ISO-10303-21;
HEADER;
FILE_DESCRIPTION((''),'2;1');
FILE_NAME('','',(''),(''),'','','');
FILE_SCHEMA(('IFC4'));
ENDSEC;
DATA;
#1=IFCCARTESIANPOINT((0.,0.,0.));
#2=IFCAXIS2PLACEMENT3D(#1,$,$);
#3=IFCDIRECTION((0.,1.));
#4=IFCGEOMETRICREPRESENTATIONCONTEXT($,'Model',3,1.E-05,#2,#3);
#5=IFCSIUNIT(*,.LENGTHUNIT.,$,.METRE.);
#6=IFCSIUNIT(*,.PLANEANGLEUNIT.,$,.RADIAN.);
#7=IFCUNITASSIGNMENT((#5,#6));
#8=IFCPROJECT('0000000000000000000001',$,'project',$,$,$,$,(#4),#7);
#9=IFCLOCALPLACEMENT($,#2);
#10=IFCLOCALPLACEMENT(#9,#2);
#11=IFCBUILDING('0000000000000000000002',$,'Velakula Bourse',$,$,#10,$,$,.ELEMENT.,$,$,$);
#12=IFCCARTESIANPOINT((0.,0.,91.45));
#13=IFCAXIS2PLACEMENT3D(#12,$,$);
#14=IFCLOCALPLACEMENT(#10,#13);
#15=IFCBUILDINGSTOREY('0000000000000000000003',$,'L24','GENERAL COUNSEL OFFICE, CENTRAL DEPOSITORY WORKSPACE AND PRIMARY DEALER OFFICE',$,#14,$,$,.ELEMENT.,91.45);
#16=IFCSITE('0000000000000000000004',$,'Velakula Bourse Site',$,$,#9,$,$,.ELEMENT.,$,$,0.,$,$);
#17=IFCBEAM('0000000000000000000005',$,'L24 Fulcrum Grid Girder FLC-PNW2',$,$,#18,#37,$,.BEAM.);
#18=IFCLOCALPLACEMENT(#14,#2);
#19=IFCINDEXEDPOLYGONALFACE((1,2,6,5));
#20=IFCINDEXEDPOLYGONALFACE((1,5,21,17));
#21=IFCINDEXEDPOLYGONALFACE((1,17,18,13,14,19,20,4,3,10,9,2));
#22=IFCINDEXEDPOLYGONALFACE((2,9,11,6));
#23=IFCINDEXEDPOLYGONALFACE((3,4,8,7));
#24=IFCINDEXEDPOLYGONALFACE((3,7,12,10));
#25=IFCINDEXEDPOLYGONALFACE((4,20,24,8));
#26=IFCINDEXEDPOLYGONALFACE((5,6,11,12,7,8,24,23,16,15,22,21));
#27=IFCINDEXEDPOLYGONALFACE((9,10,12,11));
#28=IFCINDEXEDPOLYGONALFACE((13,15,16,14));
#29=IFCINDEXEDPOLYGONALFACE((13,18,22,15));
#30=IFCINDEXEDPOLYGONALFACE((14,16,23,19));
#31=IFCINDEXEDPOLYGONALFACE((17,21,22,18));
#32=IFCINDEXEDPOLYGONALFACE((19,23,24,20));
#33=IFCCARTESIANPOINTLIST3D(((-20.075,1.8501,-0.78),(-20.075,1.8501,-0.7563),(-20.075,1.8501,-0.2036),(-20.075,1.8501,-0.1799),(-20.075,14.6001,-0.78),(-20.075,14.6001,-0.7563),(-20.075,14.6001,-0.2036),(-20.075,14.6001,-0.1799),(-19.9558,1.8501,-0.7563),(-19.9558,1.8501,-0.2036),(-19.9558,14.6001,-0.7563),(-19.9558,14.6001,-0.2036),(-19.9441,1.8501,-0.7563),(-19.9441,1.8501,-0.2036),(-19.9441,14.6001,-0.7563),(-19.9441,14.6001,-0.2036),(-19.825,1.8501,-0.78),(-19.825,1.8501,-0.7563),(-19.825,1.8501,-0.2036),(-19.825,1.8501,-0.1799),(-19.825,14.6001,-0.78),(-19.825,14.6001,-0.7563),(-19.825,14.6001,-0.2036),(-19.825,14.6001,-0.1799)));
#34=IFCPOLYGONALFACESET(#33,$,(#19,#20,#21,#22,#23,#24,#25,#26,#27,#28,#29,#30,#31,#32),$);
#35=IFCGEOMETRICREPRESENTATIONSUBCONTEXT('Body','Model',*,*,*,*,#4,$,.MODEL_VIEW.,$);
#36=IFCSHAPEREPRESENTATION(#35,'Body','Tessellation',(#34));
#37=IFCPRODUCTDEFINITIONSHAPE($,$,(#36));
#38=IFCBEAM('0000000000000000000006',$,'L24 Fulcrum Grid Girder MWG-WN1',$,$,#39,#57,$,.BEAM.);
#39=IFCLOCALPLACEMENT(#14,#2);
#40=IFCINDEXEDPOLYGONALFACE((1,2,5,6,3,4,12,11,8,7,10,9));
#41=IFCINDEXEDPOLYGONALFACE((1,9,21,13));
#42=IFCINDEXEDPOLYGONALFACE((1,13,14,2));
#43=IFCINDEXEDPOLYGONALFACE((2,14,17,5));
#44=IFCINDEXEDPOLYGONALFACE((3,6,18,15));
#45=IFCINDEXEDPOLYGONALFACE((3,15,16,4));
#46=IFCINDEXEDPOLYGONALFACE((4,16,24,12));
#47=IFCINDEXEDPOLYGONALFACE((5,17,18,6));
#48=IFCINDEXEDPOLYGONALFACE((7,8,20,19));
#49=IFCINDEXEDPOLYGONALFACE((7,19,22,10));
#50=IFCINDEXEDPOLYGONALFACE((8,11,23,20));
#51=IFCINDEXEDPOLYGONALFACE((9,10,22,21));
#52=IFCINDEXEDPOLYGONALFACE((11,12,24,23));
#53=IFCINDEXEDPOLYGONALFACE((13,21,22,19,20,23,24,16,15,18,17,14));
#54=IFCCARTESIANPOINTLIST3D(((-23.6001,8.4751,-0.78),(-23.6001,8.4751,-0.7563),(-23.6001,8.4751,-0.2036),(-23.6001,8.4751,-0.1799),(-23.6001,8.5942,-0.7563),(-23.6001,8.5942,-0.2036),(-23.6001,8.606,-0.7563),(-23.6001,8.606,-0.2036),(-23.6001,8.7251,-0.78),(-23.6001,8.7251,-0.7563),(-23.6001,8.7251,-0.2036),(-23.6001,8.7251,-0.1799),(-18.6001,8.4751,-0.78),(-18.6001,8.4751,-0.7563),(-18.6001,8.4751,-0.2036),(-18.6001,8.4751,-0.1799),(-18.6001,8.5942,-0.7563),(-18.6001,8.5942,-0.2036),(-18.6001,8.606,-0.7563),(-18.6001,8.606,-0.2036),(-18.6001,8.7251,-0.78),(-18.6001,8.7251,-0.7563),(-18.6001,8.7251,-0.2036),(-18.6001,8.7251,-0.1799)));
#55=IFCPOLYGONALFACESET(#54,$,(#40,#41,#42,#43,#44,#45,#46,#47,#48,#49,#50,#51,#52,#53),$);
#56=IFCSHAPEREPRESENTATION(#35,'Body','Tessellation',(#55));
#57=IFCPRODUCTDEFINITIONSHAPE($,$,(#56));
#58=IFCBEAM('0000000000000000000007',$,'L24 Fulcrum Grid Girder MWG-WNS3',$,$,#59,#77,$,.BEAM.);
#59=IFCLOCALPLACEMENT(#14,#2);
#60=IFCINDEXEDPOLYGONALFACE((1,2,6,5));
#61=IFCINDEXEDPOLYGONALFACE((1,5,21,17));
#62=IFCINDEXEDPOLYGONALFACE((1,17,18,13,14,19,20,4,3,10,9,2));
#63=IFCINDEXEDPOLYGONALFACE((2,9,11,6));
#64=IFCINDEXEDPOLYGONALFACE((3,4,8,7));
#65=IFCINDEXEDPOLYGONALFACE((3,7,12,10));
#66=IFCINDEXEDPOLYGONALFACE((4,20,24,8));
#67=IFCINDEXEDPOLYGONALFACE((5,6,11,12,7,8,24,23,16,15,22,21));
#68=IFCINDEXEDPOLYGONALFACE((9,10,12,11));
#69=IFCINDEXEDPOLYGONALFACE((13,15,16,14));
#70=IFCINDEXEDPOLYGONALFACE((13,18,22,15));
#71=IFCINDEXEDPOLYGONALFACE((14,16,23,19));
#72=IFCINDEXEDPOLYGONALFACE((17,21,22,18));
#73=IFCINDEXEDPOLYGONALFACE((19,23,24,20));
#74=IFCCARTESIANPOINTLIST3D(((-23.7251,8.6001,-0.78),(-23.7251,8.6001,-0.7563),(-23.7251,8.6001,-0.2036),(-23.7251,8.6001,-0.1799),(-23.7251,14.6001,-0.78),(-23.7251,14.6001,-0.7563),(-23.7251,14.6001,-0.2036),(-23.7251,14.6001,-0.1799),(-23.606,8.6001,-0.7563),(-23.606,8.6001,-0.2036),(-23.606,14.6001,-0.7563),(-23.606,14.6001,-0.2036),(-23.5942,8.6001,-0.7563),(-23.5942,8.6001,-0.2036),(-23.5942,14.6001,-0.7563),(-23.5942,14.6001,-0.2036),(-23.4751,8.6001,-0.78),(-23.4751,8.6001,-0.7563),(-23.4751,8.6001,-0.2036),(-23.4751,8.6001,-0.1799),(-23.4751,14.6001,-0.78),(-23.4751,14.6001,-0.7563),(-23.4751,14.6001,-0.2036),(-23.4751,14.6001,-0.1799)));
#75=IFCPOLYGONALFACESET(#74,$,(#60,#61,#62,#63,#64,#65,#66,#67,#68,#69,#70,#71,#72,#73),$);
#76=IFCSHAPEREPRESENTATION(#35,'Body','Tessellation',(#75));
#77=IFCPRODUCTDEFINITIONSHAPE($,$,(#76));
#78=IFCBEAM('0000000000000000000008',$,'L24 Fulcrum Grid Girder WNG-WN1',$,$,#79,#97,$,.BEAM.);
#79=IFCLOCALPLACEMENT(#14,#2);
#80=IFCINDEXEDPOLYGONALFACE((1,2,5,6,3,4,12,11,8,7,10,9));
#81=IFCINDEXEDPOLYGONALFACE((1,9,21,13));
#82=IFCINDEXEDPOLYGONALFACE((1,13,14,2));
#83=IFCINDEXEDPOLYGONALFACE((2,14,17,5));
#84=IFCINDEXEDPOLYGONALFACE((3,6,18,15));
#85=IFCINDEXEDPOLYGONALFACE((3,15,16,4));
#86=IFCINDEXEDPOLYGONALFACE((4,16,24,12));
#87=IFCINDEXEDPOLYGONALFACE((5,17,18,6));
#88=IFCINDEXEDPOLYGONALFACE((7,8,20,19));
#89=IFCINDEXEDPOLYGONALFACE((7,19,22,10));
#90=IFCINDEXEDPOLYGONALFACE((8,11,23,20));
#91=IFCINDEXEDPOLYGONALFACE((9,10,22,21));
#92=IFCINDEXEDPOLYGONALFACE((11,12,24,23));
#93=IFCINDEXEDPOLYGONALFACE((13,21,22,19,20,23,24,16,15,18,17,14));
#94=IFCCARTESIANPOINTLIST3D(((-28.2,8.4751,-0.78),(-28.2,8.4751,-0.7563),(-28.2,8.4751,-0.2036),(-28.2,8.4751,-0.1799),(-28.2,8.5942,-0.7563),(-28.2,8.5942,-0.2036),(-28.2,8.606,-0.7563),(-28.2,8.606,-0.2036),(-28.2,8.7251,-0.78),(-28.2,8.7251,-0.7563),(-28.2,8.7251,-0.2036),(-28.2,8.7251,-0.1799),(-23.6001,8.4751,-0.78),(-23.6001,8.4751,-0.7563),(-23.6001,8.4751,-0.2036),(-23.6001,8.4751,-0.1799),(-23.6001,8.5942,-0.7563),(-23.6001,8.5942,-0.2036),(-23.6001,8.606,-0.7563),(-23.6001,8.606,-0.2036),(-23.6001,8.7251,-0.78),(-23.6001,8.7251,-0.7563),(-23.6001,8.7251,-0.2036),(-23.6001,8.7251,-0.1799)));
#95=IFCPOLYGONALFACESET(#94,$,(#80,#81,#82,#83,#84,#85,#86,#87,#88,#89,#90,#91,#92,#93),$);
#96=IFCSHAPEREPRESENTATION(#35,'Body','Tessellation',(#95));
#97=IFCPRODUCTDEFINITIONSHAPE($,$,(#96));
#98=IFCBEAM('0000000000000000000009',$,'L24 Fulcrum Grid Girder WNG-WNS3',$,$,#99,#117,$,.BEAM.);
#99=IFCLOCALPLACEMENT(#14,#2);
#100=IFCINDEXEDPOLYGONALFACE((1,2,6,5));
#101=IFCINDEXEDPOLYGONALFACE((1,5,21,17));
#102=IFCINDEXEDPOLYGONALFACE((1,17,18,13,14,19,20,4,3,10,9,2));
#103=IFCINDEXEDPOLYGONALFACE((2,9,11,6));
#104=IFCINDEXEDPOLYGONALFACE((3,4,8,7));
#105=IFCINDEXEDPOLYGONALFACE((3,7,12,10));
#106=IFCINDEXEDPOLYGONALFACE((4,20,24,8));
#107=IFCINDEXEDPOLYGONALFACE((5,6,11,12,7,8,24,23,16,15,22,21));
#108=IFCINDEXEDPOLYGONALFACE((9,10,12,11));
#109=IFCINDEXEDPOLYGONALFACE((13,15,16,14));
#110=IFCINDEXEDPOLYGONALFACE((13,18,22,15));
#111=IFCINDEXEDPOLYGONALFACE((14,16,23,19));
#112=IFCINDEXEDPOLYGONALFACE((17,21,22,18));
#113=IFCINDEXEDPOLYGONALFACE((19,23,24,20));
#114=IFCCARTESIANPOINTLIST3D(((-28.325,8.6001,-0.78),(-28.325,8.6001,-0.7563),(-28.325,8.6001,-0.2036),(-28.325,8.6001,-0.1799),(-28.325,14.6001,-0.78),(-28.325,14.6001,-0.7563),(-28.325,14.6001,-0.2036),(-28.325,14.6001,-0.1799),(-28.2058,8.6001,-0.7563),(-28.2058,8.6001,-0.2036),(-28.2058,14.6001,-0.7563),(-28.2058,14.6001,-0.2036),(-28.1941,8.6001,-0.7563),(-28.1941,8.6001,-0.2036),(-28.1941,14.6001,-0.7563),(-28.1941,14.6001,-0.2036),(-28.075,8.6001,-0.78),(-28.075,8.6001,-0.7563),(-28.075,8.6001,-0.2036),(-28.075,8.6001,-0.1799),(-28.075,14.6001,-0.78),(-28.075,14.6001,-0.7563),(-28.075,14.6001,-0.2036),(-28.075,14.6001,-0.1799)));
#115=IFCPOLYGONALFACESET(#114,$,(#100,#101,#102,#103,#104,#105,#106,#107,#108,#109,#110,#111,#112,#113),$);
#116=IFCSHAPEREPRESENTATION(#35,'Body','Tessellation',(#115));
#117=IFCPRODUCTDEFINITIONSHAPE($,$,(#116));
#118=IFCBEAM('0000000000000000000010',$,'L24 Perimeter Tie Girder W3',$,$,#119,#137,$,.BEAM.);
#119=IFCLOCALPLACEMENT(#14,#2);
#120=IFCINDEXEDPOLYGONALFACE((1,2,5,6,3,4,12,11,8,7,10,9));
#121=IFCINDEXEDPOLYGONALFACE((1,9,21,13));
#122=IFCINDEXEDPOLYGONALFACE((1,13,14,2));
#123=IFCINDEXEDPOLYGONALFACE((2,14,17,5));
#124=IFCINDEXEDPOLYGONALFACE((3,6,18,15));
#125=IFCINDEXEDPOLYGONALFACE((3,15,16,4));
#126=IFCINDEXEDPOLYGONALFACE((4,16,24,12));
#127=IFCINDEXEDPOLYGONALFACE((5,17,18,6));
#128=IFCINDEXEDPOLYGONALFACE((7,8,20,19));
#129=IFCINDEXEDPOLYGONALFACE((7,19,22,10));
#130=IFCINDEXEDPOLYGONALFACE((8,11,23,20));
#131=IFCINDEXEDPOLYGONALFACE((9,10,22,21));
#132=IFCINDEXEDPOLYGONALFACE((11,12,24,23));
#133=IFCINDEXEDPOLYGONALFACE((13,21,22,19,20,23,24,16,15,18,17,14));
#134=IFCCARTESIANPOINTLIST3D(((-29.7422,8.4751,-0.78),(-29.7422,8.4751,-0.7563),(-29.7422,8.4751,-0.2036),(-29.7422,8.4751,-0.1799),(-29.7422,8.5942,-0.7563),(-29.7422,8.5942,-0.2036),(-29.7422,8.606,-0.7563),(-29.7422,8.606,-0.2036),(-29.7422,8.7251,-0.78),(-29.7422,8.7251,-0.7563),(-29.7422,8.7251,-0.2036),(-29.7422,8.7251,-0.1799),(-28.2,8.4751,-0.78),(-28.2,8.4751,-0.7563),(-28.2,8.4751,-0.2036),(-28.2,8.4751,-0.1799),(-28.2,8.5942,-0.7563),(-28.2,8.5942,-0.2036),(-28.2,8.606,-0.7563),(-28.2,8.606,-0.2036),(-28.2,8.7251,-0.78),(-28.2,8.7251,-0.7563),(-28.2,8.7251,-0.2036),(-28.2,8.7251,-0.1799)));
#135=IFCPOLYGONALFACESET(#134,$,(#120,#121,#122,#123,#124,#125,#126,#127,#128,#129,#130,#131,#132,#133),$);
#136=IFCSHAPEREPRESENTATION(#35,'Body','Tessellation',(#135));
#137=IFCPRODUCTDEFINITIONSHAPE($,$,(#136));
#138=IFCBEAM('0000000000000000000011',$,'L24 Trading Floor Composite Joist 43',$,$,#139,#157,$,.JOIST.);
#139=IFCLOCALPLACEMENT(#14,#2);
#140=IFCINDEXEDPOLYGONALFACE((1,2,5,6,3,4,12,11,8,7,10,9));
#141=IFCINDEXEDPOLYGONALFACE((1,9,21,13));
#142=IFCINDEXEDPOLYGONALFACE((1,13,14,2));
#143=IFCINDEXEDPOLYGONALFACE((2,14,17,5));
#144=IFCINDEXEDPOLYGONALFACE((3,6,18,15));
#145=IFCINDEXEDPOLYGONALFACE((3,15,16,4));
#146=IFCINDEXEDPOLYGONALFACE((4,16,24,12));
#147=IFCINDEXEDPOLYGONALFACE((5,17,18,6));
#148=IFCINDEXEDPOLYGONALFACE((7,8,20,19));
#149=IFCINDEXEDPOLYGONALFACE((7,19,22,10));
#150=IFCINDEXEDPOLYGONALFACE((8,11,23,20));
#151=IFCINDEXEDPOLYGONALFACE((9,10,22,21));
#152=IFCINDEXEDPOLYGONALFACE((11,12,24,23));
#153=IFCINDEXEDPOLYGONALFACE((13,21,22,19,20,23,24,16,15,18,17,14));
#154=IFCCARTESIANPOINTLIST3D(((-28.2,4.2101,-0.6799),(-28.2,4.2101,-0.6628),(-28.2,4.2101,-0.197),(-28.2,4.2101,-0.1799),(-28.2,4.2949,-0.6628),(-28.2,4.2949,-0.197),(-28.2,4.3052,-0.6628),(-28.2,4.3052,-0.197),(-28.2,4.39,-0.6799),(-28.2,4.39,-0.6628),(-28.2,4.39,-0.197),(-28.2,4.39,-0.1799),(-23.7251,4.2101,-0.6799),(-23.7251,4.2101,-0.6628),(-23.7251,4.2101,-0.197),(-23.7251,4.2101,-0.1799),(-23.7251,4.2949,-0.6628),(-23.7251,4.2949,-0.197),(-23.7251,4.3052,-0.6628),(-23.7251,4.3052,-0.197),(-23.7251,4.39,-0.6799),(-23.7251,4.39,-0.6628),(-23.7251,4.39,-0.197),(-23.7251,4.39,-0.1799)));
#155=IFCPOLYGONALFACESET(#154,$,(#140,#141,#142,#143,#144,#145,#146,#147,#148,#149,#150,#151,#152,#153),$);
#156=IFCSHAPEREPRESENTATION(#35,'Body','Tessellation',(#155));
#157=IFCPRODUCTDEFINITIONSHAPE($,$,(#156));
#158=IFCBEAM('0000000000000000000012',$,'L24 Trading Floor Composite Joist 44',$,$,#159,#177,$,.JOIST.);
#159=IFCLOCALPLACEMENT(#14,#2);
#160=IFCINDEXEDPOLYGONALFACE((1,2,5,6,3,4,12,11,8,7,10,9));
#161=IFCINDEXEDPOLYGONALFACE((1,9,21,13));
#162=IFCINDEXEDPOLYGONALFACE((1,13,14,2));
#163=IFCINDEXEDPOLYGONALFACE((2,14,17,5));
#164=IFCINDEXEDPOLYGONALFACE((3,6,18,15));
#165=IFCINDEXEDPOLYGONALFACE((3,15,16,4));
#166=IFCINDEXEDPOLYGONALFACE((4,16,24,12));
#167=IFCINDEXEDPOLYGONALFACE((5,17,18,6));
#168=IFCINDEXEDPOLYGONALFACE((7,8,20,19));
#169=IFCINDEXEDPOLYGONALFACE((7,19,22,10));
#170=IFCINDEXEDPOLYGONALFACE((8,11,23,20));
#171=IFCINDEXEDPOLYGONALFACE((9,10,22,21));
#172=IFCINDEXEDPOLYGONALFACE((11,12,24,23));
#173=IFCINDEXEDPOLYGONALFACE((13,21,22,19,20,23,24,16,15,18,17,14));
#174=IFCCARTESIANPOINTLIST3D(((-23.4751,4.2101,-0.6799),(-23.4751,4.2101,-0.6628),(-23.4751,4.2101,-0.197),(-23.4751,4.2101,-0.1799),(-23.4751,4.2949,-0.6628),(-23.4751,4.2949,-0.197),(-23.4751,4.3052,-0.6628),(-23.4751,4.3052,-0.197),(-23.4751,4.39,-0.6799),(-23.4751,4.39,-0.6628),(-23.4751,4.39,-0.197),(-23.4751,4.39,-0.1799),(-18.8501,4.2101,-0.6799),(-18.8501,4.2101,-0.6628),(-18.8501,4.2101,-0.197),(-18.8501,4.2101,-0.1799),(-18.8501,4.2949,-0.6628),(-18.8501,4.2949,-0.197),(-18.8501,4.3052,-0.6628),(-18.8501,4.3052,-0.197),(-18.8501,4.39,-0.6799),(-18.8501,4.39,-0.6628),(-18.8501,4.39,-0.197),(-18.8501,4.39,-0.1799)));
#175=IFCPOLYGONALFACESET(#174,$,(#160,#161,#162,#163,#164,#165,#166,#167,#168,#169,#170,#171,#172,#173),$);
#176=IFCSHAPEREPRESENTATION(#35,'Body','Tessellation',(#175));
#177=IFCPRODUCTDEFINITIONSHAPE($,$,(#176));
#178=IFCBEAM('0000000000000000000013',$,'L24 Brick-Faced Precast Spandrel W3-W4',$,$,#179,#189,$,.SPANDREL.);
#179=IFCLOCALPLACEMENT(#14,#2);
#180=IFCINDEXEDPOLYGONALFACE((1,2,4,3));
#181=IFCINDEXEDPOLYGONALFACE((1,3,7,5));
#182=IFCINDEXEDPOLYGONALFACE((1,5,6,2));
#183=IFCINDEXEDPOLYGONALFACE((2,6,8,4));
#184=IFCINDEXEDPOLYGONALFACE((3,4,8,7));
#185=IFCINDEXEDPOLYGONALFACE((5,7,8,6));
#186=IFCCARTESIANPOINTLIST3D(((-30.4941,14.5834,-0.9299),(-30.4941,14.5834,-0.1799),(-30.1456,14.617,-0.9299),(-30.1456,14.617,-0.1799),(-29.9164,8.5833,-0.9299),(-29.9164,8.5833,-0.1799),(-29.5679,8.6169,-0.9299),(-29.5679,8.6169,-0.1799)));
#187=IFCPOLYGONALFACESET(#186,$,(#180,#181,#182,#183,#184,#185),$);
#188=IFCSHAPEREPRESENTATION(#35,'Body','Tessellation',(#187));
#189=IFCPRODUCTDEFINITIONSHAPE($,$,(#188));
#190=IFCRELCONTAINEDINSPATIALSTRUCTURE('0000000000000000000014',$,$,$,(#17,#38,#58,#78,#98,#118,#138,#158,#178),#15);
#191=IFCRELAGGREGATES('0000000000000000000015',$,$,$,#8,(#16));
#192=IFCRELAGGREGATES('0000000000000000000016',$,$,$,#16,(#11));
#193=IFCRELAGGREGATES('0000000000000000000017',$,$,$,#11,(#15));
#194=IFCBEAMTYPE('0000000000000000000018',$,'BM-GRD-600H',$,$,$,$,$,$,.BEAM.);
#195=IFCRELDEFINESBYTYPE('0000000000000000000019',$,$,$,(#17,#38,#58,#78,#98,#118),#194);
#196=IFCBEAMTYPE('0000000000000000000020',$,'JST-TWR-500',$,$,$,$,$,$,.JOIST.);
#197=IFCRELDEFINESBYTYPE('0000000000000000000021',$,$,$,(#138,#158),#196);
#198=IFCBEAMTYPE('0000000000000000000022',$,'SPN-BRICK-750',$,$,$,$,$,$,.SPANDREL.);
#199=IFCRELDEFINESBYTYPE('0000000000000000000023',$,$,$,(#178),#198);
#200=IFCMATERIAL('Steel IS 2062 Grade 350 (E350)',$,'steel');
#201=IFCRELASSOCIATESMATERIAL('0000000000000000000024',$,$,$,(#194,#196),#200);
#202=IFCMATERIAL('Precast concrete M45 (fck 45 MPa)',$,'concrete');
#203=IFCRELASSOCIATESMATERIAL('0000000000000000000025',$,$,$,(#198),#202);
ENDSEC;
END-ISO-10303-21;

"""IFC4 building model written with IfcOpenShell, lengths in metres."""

from ifc_helpers import new_model, si_unit, direction, frame, origin, origin_2d, place, context, subcontext, project, spatial, rectangle, i_section, extrude, material, material_profile, profile_set, type_object, element, save


model = new_model("IFC4")

# Units and contexts
model_context = context("Model", 3, precision=1e-05, world=origin(), true_north=direction((0.0, 1.0)))
body_context = subcontext(model_context, "Body", "Model", "MODEL_VIEW")
ifc_project = project(units=[si_unit("LENGTHUNIT", "METRE"), si_unit("PLANEANGLEUNIT", "RADIAN")], contexts=[model_context])

# Site, building, storey
site_placement = place(None, origin())
site = spatial("IfcSite", under=ifc_project, at=site_placement, Name="Velakula Bourse Site", CompositionType="ELEMENT", RefElevation=0.0)
building_placement = place(site_placement, origin())
building = spatial("IfcBuilding", under=site, at=building_placement, Name="Velakula Bourse", CompositionType="ELEMENT")
storey_placement = place(building_placement, frame((0.0, 0.0, 91.45)))
storey = spatial("IfcBuildingStorey", under=building, at=storey_placement, Name="L24", Description="GENERAL COUNSEL OFFICE, CENTRAL DEPOSITORY WORKSPACE AND PRIMARY DEALER OFFICE", CompositionType="ELEMENT", Elevation=91.45)

# Beams
ifc_material_1 = material(Name="Steel IS 2062 Grade 350 (E350)", Category="steel")
ifc_material_profile_1 = material_profile(ifc_material_1, i_section(OverallWidth=0.25, OverallDepth=0.6001, WebThickness=0.0117, FlangeThickness=0.0237, at=origin_2d()), Name="Steel IS 2062 Grade 350 (E350)")
ifc_profile_set_1 = profile_set([ifc_material_profile_1], Name="Steel IS 2062 Grade 350 (E350)")
beam_type_1 = type_object("IfcBeamType", Name="BM-GRD-600H", PredefinedType="BEAM", material=ifc_profile_set_1)
for number, where, z_axis, x_axis, name in (
    (1, (-19.95, 1.8501, -0.48), (0.0, 1.0, 0.0), (-1.0, 0.0, 0.0), "L24 Fulcrum Grid Girder FLC-PNW2"),
):
    element("IfcBeam", number, at=place(storey_placement, frame(where, z_axis=z_axis, x_axis=x_axis)), inside=storey, type_object=beam_type_1, Name=name, PredefinedType="BEAM", context=body_context, shape_type="SweptSolid", body=[
        extrude(i_section(OverallWidth=0.25, OverallDepth=0.6001, WebThickness=0.0117, FlangeThickness=0.0237, at=origin_2d()), origin(), (0.0, 0.0, 1.0), 12.75),
    ])
beam_1_placement = place(storey_placement, frame((-23.6001, 8.6001, -0.48), z_axis=(1.0, 0.0, 0.0), x_axis=(0.0, 1.0, 0.0)))
element("IfcBeam", 2, at=beam_1_placement, inside=storey, type_object=beam_type_1, Name="L24 Fulcrum Grid Girder MWG-WN1", PredefinedType="BEAM", context=body_context, shape_type="SweptSolid", body=[
    extrude(i_section(OverallWidth=0.25, OverallDepth=0.6001, WebThickness=0.0117, FlangeThickness=0.0237, at=origin_2d()), origin(), (0.0, 0.0, 1.0), 5.0),
])
beam_2_placement = place(storey_placement, frame((-23.6001, 8.6001, -0.48), z_axis=(0.0, 1.0, 0.0), x_axis=(-1.0, 0.0, 0.0)))
element("IfcBeam", 3, at=beam_2_placement, inside=storey, type_object=beam_type_1, Name="L24 Fulcrum Grid Girder MWG-WNS3", PredefinedType="BEAM", context=body_context, shape_type="SweptSolid", body=[
    extrude(i_section(OverallWidth=0.25, OverallDepth=0.6001, WebThickness=0.0117, FlangeThickness=0.0237, at=origin_2d()), origin(), (0.0, 0.0, 1.0), 6.0),
])
beam_3_placement = place(storey_placement, frame((-28.2, 8.6001, -0.48), z_axis=(1.0, 0.0, 0.0), x_axis=(0.0, 1.0, 0.0)))
element("IfcBeam", 4, at=beam_3_placement, inside=storey, type_object=beam_type_1, Name="L24 Fulcrum Grid Girder WNG-WN1", PredefinedType="BEAM", context=body_context, shape_type="SweptSolid", body=[
    extrude(i_section(OverallWidth=0.25, OverallDepth=0.6001, WebThickness=0.0117, FlangeThickness=0.0237, at=origin_2d()), origin(), (0.0, 0.0, 1.0), 4.5999),
])
beam_4_placement = place(storey_placement, frame((-28.2, 8.6001, -0.48), z_axis=(0.0, 1.0, 0.0), x_axis=(-1.0, 0.0, 0.0)))
element("IfcBeam", 5, at=beam_4_placement, inside=storey, type_object=beam_type_1, Name="L24 Fulcrum Grid Girder WNG-WNS3", PredefinedType="BEAM", context=body_context, shape_type="SweptSolid", body=[
    extrude(i_section(OverallWidth=0.25, OverallDepth=0.6001, WebThickness=0.0117, FlangeThickness=0.0237, at=origin_2d()), origin(), (0.0, 0.0, 1.0), 6.0),
])
beam_5_placement = place(storey_placement, frame((-28.2, 8.6001, -0.48), z_axis=(-1.0, 0.0, 0.0), x_axis=(0.0, -1.0, 0.0)))
element("IfcBeam", 6, at=beam_5_placement, inside=storey, type_object=beam_type_1, Name="L24 Perimeter Tie Girder W3", PredefinedType="BEAM", context=body_context, shape_type="SweptSolid", body=[
    extrude(i_section(OverallWidth=0.25, OverallDepth=0.6001, WebThickness=0.0117, FlangeThickness=0.0237, at=origin_2d()), origin(), (0.0, 0.0, 1.0), 1.5422),
])
ifc_material_profile_2 = material_profile(ifc_material_1, i_section(OverallWidth=0.1799, OverallDepth=0.5, WebThickness=0.0103, FlangeThickness=0.0171, at=origin_2d()), Name="Steel IS 2062 Grade 350 (E350)")
ifc_profile_set_2 = profile_set([ifc_material_profile_2], Name="Steel IS 2062 Grade 350 (E350)")
beam_type_2 = type_object("IfcBeamType", Name="JST-TWR-500", PredefinedType="JOIST", material=ifc_profile_set_2)
beam_6_placement = place(storey_placement, frame((-28.2, 4.3, -0.4299), z_axis=(1.0, 0.0, 0.0), x_axis=(0.0, 1.0, 0.0)))
element("IfcBeam", 7, at=beam_6_placement, inside=storey, type_object=beam_type_2, Name="L24 Trading Floor Composite Joist 43", PredefinedType="JOIST", context=body_context, shape_type="SweptSolid", body=[
    extrude(i_section(OverallWidth=0.1799, OverallDepth=0.5, WebThickness=0.0103, FlangeThickness=0.0171, at=origin_2d()), origin(), (0.0, 0.0, 1.0), 4.4749),
])
beam_7_placement = place(storey_placement, frame((-23.4751, 4.3, -0.4299), z_axis=(1.0, 0.0, 0.0), x_axis=(0.0, 1.0, 0.0)))
element("IfcBeam", 8, at=beam_7_placement, inside=storey, type_object=beam_type_2, Name="L24 Trading Floor Composite Joist 44", PredefinedType="JOIST", context=body_context, shape_type="SweptSolid", body=[
    extrude(i_section(OverallWidth=0.1799, OverallDepth=0.5, WebThickness=0.0103, FlangeThickness=0.0171, at=origin_2d()), origin(), (0.0, 0.0, 1.0), 4.625),
])
ifc_material_2 = material(Name="Precast concrete M45 (fck 45 MPa)", Category="concrete")
ifc_material_profile_3 = material_profile(ifc_material_2, rectangle(XDim=0.3501, YDim=0.75, at=origin_2d()), Name="Precast concrete M45 (fck 45 MPa)")
ifc_profile_set_3 = profile_set([ifc_material_profile_3], Name="Precast concrete M45 (fck 45 MPa)")
beam_type_3 = type_object("IfcBeamType", Name="SPN-BRICK-750", PredefinedType="SPANDREL", material=ifc_profile_set_3)
beam_8_placement = place(storey_placement, frame((-29.7422, 8.6001, -0.5549), z_axis=(-0.09583, 0.995398, 0.0), x_axis=(-0.995398, -0.09583, 0.0)))
element("IfcBeam", 9, at=beam_8_placement, inside=storey, type_object=beam_type_3, Name="L24 Brick-Faced Precast Spandrel W3-W4", PredefinedType="SPANDREL", context=body_context, shape_type="SweptSolid", body=[
    extrude(rectangle(XDim=0.3501, YDim=0.75, at=origin_2d()), origin(), (0.0, 0.0, 1.0), 6.0278),
])

save(model, "model.ifc")
